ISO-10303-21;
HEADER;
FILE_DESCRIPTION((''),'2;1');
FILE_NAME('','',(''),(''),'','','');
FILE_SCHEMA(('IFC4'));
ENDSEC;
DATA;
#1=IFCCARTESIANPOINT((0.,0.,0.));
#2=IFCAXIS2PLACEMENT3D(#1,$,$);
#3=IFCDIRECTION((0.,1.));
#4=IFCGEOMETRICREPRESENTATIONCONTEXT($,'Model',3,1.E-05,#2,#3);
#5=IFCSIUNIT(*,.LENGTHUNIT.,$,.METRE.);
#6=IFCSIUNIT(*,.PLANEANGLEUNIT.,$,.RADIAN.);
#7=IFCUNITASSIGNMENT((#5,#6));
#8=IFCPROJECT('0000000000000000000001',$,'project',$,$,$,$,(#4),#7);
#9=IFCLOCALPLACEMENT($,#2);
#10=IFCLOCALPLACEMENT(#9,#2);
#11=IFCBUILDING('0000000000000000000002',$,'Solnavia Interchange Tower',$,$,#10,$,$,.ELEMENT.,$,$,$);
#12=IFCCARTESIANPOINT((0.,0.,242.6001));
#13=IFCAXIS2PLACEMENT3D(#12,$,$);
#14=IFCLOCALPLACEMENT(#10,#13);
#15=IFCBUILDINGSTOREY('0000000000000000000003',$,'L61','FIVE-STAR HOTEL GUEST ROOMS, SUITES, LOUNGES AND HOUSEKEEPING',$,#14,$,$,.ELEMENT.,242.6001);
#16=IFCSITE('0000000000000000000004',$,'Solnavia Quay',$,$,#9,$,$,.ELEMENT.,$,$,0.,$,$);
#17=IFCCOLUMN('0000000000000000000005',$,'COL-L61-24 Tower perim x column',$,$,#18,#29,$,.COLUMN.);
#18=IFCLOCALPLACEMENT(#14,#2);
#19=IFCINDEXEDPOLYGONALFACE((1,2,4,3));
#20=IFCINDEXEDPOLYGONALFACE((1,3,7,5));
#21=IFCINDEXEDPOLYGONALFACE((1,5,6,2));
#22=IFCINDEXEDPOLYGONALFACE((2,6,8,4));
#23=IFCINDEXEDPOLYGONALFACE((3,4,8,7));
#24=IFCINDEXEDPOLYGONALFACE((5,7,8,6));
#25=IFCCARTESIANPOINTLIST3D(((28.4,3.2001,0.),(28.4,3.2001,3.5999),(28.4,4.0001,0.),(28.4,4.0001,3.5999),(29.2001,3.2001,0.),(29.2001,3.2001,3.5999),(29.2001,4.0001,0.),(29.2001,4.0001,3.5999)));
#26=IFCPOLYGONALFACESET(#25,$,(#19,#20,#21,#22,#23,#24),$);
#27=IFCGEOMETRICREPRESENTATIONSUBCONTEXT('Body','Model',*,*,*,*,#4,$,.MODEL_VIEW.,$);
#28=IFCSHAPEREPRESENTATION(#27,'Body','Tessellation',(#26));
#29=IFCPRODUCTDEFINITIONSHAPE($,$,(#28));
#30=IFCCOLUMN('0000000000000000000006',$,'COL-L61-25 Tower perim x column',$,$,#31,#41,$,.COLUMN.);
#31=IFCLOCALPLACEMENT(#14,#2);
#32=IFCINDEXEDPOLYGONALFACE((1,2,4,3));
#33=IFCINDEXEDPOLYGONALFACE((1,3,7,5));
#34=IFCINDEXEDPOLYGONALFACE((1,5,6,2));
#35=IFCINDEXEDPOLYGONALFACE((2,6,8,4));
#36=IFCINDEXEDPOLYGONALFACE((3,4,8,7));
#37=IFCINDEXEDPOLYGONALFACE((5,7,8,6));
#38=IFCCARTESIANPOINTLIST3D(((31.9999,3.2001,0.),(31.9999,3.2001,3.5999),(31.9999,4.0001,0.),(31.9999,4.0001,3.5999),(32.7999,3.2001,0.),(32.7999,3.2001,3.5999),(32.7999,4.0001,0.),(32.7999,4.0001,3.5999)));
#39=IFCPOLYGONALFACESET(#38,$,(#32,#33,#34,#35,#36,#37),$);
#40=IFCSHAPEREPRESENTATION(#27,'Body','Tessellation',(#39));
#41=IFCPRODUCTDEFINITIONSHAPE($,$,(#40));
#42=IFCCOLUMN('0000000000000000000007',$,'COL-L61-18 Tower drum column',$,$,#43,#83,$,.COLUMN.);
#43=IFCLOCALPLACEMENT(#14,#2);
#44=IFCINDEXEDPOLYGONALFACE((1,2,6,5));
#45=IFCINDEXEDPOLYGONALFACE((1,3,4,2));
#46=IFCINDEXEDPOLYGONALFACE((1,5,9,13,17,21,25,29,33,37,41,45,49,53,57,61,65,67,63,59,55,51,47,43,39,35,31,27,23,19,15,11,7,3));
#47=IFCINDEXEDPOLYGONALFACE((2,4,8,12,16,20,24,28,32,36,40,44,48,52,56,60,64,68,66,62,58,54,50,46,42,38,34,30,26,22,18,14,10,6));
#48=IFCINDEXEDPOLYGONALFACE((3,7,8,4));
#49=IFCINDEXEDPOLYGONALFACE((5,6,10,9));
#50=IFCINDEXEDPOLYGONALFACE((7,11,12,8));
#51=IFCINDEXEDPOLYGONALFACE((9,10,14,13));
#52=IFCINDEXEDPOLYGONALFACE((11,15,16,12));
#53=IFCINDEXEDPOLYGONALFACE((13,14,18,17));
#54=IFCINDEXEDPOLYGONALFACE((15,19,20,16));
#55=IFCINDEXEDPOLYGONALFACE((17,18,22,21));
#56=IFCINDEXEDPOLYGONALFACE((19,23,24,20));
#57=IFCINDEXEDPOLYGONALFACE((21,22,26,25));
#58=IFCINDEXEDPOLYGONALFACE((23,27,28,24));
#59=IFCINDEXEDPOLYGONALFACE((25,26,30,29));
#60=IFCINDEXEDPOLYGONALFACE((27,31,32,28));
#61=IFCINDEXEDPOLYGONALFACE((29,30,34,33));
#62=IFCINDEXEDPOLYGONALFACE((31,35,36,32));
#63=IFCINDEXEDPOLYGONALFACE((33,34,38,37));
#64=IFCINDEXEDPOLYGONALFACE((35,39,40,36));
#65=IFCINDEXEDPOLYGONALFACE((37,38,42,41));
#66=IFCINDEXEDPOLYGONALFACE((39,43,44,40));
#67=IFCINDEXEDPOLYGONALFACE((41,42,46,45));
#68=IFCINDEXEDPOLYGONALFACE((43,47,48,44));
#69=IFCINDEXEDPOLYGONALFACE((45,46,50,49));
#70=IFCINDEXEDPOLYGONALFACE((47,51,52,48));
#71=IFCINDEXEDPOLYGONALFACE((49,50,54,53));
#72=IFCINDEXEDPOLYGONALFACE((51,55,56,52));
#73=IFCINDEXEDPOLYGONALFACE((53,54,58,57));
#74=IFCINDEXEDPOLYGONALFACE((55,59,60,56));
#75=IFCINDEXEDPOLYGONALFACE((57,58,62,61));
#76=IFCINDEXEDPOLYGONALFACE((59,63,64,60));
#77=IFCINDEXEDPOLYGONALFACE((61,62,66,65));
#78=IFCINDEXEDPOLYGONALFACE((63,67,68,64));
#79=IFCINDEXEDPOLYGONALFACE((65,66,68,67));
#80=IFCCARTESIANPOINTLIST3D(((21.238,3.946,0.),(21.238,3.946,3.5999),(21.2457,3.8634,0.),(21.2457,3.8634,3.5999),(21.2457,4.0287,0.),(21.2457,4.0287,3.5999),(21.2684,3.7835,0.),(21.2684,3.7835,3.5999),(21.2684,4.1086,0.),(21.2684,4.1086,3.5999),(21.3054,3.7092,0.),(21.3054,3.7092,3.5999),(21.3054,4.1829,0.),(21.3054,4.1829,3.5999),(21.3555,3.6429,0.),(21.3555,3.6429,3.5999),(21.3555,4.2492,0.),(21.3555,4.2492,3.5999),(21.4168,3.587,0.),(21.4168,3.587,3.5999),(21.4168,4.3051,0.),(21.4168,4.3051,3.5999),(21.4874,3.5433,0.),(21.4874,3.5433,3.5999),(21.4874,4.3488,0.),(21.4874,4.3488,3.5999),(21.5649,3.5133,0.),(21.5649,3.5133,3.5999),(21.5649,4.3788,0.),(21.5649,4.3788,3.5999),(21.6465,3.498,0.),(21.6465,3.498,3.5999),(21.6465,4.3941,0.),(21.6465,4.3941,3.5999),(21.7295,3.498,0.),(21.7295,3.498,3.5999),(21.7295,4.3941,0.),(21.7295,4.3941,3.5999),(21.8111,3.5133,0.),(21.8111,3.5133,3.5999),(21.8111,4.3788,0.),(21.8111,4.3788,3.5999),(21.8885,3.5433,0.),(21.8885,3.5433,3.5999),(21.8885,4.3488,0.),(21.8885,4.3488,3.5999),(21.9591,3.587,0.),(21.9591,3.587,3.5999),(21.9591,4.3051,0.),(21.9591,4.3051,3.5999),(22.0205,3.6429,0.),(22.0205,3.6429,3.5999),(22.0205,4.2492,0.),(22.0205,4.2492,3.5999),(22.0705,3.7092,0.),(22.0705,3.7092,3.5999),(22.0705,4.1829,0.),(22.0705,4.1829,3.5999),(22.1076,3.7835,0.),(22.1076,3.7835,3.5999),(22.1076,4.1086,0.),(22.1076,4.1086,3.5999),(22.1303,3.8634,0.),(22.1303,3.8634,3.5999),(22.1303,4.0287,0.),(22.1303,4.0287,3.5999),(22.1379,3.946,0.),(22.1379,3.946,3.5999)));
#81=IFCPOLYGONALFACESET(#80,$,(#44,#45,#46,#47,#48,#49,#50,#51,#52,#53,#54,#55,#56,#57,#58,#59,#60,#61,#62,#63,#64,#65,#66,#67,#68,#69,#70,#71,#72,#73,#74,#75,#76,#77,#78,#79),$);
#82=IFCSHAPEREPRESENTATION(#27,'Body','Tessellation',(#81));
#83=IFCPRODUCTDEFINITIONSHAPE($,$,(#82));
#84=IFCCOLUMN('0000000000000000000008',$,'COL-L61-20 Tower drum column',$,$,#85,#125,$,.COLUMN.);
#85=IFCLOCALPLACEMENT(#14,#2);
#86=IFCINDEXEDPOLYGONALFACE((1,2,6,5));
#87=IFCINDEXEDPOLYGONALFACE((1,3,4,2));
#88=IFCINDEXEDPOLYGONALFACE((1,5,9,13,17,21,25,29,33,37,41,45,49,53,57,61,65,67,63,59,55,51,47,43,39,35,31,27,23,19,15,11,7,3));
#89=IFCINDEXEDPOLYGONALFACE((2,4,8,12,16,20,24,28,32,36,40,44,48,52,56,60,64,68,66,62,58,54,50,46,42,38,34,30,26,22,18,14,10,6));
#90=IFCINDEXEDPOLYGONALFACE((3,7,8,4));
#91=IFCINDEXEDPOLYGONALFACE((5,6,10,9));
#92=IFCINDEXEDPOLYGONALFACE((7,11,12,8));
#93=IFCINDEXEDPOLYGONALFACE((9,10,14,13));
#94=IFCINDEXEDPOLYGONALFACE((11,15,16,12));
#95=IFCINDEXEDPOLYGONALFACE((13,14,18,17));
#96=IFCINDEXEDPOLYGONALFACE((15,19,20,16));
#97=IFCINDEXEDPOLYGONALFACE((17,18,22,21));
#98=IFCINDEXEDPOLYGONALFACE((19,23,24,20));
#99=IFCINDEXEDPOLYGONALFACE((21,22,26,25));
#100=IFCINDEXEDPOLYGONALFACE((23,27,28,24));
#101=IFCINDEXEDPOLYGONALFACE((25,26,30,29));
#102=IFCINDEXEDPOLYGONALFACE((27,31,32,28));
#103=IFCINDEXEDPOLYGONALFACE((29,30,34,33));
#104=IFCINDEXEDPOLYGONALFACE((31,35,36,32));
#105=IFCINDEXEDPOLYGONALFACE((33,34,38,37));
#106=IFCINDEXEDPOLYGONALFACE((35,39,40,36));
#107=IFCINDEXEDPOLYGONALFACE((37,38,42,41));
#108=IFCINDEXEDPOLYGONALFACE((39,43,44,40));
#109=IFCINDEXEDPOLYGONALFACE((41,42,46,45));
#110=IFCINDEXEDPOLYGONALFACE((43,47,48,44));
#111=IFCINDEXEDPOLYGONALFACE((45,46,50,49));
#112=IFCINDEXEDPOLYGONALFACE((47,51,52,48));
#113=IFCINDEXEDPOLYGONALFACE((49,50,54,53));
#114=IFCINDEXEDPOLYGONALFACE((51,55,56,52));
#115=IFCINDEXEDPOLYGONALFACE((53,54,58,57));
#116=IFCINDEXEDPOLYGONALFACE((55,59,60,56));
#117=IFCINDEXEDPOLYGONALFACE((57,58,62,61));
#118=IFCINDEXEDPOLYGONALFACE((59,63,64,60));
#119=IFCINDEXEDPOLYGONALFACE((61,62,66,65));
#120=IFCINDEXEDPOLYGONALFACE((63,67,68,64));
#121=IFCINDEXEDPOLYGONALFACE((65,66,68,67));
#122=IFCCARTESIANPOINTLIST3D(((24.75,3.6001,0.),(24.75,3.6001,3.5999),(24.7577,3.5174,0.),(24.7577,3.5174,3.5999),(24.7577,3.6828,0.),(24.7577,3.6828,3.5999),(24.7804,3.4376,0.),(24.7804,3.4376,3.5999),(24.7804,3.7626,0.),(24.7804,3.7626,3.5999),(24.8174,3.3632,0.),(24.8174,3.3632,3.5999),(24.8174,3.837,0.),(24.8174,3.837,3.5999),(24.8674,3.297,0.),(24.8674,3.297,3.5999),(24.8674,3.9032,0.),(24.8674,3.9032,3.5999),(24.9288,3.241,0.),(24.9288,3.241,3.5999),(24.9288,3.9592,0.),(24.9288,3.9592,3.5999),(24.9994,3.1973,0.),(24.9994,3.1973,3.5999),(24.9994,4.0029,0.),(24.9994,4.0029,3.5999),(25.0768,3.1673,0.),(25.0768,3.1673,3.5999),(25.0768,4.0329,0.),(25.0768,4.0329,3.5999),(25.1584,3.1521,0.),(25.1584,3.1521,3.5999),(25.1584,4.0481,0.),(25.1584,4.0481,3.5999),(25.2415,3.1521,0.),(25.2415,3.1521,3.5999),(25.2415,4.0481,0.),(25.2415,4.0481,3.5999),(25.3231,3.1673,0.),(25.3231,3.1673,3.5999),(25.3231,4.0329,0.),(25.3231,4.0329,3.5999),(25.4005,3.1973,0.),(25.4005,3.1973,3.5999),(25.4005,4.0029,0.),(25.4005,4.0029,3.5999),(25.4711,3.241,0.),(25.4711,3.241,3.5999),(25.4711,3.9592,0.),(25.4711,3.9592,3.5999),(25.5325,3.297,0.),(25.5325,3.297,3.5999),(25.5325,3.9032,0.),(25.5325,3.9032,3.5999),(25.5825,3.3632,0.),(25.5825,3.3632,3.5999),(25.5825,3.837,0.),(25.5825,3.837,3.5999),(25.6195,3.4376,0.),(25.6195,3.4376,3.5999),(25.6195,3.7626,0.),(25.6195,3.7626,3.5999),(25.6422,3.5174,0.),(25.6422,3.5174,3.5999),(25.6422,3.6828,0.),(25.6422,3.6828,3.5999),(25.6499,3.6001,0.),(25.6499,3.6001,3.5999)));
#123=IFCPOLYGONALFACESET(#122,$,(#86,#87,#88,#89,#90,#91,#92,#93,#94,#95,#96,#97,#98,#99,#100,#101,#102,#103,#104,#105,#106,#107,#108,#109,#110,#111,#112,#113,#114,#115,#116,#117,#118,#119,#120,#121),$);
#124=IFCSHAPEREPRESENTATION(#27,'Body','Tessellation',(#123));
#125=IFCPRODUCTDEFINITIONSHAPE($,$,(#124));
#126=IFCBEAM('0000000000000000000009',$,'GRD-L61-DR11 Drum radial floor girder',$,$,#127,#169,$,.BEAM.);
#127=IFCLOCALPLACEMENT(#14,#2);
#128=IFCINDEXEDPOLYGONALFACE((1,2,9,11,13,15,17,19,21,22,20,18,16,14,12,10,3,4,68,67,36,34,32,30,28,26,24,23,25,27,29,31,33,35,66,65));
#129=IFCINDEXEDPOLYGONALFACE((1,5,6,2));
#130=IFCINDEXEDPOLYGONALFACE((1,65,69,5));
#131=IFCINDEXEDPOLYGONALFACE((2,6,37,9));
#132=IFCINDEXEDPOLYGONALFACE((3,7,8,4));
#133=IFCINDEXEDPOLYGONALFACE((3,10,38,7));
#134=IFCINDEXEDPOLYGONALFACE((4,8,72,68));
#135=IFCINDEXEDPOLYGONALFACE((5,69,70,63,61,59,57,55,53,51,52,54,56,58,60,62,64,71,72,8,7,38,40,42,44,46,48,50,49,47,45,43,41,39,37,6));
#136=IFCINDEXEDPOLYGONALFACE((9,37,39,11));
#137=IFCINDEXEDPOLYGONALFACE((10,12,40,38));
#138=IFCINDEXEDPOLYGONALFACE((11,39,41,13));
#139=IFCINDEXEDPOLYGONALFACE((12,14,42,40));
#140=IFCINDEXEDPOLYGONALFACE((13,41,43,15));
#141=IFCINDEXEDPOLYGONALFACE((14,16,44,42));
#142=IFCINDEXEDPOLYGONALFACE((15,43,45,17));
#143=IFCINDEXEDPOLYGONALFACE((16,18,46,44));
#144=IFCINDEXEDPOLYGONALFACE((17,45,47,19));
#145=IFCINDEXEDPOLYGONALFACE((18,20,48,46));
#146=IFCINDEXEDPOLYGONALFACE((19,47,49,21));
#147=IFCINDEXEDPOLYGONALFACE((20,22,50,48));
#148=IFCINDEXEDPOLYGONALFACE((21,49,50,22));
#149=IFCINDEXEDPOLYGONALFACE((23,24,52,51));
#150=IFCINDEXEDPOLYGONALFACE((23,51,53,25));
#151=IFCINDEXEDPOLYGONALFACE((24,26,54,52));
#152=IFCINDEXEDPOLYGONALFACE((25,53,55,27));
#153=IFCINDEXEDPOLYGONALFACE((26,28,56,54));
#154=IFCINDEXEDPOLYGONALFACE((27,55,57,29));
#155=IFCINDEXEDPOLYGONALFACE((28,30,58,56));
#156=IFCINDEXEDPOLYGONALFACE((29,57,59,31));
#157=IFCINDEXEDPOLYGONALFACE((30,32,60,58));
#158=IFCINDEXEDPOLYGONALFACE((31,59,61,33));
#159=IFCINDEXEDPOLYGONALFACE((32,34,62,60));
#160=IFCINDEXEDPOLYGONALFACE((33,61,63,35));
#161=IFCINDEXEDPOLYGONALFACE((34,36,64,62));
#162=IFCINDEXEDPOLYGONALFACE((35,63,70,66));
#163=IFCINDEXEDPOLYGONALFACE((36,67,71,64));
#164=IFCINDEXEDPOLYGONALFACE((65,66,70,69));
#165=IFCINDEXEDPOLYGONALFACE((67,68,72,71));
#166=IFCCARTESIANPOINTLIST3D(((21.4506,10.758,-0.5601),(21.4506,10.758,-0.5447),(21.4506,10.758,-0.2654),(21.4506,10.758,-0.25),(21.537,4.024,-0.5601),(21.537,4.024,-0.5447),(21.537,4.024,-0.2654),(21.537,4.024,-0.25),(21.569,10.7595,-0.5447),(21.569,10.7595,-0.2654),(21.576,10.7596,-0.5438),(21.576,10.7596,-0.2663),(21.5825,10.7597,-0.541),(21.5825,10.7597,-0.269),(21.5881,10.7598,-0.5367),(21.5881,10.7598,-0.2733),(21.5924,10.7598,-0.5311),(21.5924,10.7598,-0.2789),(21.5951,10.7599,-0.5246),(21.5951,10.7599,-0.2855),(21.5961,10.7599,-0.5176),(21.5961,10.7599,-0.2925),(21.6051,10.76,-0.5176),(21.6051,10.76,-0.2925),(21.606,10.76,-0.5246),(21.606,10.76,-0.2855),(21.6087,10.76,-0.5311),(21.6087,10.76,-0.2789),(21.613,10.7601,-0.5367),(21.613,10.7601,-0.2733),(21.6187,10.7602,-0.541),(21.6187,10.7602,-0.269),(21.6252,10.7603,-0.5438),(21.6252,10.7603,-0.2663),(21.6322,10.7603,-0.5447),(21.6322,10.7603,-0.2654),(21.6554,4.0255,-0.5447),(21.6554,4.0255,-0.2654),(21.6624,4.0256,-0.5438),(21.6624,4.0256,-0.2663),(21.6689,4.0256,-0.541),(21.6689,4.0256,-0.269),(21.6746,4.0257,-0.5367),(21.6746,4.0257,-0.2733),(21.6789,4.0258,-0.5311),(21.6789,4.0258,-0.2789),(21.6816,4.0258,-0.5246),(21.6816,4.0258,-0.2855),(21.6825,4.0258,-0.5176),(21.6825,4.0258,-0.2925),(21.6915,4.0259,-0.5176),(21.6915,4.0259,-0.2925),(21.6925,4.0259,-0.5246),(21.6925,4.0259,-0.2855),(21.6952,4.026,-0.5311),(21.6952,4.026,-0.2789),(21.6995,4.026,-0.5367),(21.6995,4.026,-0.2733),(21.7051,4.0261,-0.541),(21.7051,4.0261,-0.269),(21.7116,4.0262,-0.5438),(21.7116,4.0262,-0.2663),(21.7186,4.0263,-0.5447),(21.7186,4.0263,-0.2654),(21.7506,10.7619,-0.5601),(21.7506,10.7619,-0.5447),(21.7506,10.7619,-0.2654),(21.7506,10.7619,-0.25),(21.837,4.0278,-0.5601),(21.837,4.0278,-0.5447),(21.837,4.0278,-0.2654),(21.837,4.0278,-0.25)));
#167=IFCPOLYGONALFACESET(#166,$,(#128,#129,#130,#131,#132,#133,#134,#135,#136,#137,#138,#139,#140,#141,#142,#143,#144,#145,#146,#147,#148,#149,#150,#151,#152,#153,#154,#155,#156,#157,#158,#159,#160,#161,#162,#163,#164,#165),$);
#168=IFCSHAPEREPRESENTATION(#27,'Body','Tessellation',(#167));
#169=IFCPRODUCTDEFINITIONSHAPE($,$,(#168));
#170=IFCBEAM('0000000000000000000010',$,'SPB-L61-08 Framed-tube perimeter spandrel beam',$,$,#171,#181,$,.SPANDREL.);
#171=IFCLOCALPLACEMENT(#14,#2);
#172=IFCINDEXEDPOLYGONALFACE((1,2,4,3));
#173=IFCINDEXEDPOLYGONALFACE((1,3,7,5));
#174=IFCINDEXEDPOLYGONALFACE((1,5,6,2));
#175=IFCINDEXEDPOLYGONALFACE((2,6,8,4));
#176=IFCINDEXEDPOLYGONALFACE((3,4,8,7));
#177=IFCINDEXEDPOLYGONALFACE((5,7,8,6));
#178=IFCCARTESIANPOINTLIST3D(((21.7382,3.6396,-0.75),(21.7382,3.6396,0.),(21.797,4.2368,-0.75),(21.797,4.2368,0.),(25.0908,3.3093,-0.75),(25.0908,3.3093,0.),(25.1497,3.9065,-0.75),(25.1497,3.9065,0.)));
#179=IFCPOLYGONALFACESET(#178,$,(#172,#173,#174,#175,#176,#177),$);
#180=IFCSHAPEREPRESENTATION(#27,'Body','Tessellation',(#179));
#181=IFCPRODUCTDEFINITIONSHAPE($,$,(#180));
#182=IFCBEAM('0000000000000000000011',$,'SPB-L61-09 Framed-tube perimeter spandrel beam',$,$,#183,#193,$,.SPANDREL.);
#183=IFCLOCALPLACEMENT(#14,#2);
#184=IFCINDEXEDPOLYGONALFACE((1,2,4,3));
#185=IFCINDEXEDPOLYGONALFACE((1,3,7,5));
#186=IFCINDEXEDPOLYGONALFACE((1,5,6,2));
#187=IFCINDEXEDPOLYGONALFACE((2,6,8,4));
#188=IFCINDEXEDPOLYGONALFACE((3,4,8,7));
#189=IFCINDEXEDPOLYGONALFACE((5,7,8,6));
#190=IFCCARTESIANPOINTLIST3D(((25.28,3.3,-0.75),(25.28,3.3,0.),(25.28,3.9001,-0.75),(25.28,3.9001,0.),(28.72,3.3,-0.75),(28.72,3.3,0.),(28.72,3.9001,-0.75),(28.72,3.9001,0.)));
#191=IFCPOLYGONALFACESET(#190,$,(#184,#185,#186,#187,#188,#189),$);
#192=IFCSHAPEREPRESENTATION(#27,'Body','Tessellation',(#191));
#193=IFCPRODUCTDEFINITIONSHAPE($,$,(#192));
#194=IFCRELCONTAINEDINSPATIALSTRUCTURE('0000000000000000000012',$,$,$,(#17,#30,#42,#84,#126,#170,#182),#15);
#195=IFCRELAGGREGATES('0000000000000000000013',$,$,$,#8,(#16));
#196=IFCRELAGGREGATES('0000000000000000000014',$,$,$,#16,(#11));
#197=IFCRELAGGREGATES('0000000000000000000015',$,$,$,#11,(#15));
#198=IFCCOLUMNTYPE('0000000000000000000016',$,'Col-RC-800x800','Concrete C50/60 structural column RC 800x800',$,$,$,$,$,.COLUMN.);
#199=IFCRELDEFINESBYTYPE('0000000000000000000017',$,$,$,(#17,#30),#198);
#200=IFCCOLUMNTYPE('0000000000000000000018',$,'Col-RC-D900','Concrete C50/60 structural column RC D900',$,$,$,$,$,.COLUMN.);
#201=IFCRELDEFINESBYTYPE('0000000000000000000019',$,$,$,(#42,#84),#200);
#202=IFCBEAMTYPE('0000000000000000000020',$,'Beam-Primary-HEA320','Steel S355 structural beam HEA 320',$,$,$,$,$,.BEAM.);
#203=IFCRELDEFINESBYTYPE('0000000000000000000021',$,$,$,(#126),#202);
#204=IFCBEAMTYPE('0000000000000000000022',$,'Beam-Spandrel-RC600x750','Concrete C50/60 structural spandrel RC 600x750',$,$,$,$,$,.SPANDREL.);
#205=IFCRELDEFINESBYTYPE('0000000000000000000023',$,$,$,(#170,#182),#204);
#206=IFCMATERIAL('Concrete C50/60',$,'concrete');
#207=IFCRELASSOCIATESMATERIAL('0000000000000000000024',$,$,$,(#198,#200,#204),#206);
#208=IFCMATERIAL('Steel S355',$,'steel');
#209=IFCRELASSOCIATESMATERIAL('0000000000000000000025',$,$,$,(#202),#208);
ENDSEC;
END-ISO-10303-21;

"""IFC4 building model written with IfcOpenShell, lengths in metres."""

from ifc_helpers import new_model, si_unit, direction, frame, origin, origin_2d, place, context, subcontext, project, spatial, rectangle, circle, i_section, extrude, material, material_profile, profile_set, type_object, element, save


model = new_model("IFC4")

# Units and contexts
model_context = context("Model", 3, precision=1e-05, world=origin(), true_north=direction((0.0, 1.0)))
body_context = subcontext(model_context, "Body", "Model", "MODEL_VIEW")
ifc_project = project(units=[si_unit("LENGTHUNIT", "METRE"), si_unit("PLANEANGLEUNIT", "RADIAN")], contexts=[model_context])

# Site, building, storey
site_placement = place(None, origin())
site = spatial("IfcSite", under=ifc_project, at=site_placement, Name="Solnavia Quay", CompositionType="ELEMENT", RefElevation=0.0)
building_placement = place(site_placement, origin())
building = spatial("IfcBuilding", under=site, at=building_placement, Name="Solnavia Interchange Tower", CompositionType="ELEMENT")
storey_placement = place(building_placement, frame((0.0, 0.0, 242.6001)))
storey = spatial("IfcBuildingStorey", under=building, at=storey_placement, Name="L61", Description="FIVE-STAR HOTEL GUEST ROOMS, SUITES, LOUNGES AND HOUSEKEEPING", CompositionType="ELEMENT", Elevation=242.6001)

# Columns
ifc_material_1 = material(Name="Concrete C50/60", Category="concrete")
ifc_material_profile_1 = material_profile(ifc_material_1, rectangle(XDim=0.8, YDim=0.8, at=origin_2d()), Name="RC 800x800")
ifc_profile_set_1 = profile_set([ifc_material_profile_1], Name="Concrete C50/60")
column_type_1 = type_object("IfcColumnType", Name="Col-RC-800x800", Description="Concrete C50/60 structural column RC 800x800", PredefinedType="COLUMN", material=ifc_profile_set_1)
for number, where, z_axis, x_axis, name in (
    (1, (28.8, 3.6001, 0.0), (0.0, 0.0, 1.0), (1.0, 0.0, 0.0), "COL-L61-24 Tower perim x column"),
    (2, (32.3999, 3.6001, 0.0), (0.0, 0.0, 1.0), (1.0, 0.0, 0.0), "COL-L61-25 Tower perim x column"),
):
    element("IfcColumn", number, at=place(storey_placement, frame(where, z_axis=z_axis, x_axis=x_axis)), inside=storey, type_object=column_type_1, Name=name, PredefinedType="COLUMN", context=body_context, shape_type="SweptSolid", body=[
        extrude(rectangle(XDim=0.8, YDim=0.8, at=origin_2d()), origin(), (0.0, 0.0, 1.0), 3.5999),
    ])
ifc_material_profile_2 = material_profile(ifc_material_1, circle(Radius=0.45, at=origin_2d()), Name="RC D900")
ifc_profile_set_2 = profile_set([ifc_material_profile_2], Name="Concrete C50/60")
column_type_2 = type_object("IfcColumnType", Name="Col-RC-D900", Description="Concrete C50/60 structural column RC D900", PredefinedType="COLUMN", material=ifc_profile_set_2)
for number, where, z_axis, x_axis, name in (
    (3, (21.688, 3.946, 0.0), (0.0, 0.0, 1.0), (1.0, 0.0, 0.0), "COL-L61-18 Tower drum column"),
    (4, (25.2, 3.6001, 0.0), (0.0, 0.0, 1.0), (1.0, 0.0, 0.0), "COL-L61-20 Tower drum column"),
):
    element("IfcColumn", number, at=place(storey_placement, frame(where, z_axis=z_axis, x_axis=x_axis)), inside=storey, type_object=column_type_2, Name=name, PredefinedType="COLUMN", context=body_context, shape_type="SweptSolid", body=[
        extrude(circle(Radius=0.45, at=origin_2d()), origin(), (0.0, 0.0, 1.0), 3.5999),
    ])

# Beams
ifc_material_2 = material(Name="Steel S355", Category="steel")
ifc_material_profile_3 = material_profile(ifc_material_2, i_section(OverallWidth=0.3, OverallDepth=0.3101, WebThickness=0.009, FlangeThickness=0.0154, FilletRadius=0.0271, at=origin_2d()), Name="HEA 320")
ifc_profile_set_3 = profile_set([ifc_material_profile_3], Name="Steel S355")
beam_type_1 = type_object("IfcBeamType", Name="Beam-Primary-HEA320", Description="Steel S355 structural beam HEA 320", PredefinedType="BEAM", material=ifc_profile_set_3)
beam_1_placement = place(storey_placement, frame((21.687, 4.0259, -0.405), z_axis=(-0.012833, 0.999918, 0.0), x_axis=(-0.999918, -0.012833, 0.0)))
element("IfcBeam", 5, at=beam_1_placement, inside=storey, type_object=beam_type_1, Name="GRD-L61-DR11 Drum radial floor girder", PredefinedType="BEAM", context=body_context, shape_type="SweptSolid", body=[
    extrude(i_section(OverallWidth=0.3, OverallDepth=0.3101, WebThickness=0.009, FlangeThickness=0.0154, FilletRadius=0.0271, at=origin_2d()), origin(), (0.0, 0.0, 1.0), 6.7346),
])
ifc_material_profile_4 = material_profile(ifc_material_1, rectangle(XDim=0.6001, YDim=0.75, at=origin_2d()), Name="RC 600x750")
ifc_profile_set_4 = profile_set([ifc_material_profile_4], Name="Concrete C50/60")
beam_type_2 = type_object("IfcBeamType", Name="Beam-Spandrel-RC600x750", Description="Concrete C50/60 structural spandrel RC 600x750", PredefinedType="SPANDREL", material=ifc_profile_set_4)
beam_2_placement = place(storey_placement, frame((21.7676, 3.9382, -0.375), z_axis=(0.995182, -0.098047, 0.0), x_axis=(0.098047, 0.995182, 0.0)))
element("IfcBeam", 6, at=beam_2_placement, inside=storey, type_object=beam_type_2, Name="SPB-L61-08 Framed-tube perimeter spandrel beam", PredefinedType="SPANDREL", context=body_context, shape_type="SweptSolid", body=[
    extrude(rectangle(XDim=0.6001, YDim=0.75, at=origin_2d()), origin(), (0.0, 0.0, 1.0), 3.3689),
])
beam_3_placement = place(storey_placement, frame((25.28, 3.6001, -0.375), z_axis=(1.0, 0.0, 0.0), x_axis=(0.0, 1.0, 0.0)))
element("IfcBeam", 7, at=beam_3_placement, inside=storey, type_object=beam_type_2, Name="SPB-L61-09 Framed-tube perimeter spandrel beam", PredefinedType="SPANDREL", context=body_context, shape_type="SweptSolid", body=[
    extrude(rectangle(XDim=0.6001, YDim=0.75, at=origin_2d()), origin(), (0.0, 0.0, 1.0), 3.4399),
])

save(model, "model.ifc")
